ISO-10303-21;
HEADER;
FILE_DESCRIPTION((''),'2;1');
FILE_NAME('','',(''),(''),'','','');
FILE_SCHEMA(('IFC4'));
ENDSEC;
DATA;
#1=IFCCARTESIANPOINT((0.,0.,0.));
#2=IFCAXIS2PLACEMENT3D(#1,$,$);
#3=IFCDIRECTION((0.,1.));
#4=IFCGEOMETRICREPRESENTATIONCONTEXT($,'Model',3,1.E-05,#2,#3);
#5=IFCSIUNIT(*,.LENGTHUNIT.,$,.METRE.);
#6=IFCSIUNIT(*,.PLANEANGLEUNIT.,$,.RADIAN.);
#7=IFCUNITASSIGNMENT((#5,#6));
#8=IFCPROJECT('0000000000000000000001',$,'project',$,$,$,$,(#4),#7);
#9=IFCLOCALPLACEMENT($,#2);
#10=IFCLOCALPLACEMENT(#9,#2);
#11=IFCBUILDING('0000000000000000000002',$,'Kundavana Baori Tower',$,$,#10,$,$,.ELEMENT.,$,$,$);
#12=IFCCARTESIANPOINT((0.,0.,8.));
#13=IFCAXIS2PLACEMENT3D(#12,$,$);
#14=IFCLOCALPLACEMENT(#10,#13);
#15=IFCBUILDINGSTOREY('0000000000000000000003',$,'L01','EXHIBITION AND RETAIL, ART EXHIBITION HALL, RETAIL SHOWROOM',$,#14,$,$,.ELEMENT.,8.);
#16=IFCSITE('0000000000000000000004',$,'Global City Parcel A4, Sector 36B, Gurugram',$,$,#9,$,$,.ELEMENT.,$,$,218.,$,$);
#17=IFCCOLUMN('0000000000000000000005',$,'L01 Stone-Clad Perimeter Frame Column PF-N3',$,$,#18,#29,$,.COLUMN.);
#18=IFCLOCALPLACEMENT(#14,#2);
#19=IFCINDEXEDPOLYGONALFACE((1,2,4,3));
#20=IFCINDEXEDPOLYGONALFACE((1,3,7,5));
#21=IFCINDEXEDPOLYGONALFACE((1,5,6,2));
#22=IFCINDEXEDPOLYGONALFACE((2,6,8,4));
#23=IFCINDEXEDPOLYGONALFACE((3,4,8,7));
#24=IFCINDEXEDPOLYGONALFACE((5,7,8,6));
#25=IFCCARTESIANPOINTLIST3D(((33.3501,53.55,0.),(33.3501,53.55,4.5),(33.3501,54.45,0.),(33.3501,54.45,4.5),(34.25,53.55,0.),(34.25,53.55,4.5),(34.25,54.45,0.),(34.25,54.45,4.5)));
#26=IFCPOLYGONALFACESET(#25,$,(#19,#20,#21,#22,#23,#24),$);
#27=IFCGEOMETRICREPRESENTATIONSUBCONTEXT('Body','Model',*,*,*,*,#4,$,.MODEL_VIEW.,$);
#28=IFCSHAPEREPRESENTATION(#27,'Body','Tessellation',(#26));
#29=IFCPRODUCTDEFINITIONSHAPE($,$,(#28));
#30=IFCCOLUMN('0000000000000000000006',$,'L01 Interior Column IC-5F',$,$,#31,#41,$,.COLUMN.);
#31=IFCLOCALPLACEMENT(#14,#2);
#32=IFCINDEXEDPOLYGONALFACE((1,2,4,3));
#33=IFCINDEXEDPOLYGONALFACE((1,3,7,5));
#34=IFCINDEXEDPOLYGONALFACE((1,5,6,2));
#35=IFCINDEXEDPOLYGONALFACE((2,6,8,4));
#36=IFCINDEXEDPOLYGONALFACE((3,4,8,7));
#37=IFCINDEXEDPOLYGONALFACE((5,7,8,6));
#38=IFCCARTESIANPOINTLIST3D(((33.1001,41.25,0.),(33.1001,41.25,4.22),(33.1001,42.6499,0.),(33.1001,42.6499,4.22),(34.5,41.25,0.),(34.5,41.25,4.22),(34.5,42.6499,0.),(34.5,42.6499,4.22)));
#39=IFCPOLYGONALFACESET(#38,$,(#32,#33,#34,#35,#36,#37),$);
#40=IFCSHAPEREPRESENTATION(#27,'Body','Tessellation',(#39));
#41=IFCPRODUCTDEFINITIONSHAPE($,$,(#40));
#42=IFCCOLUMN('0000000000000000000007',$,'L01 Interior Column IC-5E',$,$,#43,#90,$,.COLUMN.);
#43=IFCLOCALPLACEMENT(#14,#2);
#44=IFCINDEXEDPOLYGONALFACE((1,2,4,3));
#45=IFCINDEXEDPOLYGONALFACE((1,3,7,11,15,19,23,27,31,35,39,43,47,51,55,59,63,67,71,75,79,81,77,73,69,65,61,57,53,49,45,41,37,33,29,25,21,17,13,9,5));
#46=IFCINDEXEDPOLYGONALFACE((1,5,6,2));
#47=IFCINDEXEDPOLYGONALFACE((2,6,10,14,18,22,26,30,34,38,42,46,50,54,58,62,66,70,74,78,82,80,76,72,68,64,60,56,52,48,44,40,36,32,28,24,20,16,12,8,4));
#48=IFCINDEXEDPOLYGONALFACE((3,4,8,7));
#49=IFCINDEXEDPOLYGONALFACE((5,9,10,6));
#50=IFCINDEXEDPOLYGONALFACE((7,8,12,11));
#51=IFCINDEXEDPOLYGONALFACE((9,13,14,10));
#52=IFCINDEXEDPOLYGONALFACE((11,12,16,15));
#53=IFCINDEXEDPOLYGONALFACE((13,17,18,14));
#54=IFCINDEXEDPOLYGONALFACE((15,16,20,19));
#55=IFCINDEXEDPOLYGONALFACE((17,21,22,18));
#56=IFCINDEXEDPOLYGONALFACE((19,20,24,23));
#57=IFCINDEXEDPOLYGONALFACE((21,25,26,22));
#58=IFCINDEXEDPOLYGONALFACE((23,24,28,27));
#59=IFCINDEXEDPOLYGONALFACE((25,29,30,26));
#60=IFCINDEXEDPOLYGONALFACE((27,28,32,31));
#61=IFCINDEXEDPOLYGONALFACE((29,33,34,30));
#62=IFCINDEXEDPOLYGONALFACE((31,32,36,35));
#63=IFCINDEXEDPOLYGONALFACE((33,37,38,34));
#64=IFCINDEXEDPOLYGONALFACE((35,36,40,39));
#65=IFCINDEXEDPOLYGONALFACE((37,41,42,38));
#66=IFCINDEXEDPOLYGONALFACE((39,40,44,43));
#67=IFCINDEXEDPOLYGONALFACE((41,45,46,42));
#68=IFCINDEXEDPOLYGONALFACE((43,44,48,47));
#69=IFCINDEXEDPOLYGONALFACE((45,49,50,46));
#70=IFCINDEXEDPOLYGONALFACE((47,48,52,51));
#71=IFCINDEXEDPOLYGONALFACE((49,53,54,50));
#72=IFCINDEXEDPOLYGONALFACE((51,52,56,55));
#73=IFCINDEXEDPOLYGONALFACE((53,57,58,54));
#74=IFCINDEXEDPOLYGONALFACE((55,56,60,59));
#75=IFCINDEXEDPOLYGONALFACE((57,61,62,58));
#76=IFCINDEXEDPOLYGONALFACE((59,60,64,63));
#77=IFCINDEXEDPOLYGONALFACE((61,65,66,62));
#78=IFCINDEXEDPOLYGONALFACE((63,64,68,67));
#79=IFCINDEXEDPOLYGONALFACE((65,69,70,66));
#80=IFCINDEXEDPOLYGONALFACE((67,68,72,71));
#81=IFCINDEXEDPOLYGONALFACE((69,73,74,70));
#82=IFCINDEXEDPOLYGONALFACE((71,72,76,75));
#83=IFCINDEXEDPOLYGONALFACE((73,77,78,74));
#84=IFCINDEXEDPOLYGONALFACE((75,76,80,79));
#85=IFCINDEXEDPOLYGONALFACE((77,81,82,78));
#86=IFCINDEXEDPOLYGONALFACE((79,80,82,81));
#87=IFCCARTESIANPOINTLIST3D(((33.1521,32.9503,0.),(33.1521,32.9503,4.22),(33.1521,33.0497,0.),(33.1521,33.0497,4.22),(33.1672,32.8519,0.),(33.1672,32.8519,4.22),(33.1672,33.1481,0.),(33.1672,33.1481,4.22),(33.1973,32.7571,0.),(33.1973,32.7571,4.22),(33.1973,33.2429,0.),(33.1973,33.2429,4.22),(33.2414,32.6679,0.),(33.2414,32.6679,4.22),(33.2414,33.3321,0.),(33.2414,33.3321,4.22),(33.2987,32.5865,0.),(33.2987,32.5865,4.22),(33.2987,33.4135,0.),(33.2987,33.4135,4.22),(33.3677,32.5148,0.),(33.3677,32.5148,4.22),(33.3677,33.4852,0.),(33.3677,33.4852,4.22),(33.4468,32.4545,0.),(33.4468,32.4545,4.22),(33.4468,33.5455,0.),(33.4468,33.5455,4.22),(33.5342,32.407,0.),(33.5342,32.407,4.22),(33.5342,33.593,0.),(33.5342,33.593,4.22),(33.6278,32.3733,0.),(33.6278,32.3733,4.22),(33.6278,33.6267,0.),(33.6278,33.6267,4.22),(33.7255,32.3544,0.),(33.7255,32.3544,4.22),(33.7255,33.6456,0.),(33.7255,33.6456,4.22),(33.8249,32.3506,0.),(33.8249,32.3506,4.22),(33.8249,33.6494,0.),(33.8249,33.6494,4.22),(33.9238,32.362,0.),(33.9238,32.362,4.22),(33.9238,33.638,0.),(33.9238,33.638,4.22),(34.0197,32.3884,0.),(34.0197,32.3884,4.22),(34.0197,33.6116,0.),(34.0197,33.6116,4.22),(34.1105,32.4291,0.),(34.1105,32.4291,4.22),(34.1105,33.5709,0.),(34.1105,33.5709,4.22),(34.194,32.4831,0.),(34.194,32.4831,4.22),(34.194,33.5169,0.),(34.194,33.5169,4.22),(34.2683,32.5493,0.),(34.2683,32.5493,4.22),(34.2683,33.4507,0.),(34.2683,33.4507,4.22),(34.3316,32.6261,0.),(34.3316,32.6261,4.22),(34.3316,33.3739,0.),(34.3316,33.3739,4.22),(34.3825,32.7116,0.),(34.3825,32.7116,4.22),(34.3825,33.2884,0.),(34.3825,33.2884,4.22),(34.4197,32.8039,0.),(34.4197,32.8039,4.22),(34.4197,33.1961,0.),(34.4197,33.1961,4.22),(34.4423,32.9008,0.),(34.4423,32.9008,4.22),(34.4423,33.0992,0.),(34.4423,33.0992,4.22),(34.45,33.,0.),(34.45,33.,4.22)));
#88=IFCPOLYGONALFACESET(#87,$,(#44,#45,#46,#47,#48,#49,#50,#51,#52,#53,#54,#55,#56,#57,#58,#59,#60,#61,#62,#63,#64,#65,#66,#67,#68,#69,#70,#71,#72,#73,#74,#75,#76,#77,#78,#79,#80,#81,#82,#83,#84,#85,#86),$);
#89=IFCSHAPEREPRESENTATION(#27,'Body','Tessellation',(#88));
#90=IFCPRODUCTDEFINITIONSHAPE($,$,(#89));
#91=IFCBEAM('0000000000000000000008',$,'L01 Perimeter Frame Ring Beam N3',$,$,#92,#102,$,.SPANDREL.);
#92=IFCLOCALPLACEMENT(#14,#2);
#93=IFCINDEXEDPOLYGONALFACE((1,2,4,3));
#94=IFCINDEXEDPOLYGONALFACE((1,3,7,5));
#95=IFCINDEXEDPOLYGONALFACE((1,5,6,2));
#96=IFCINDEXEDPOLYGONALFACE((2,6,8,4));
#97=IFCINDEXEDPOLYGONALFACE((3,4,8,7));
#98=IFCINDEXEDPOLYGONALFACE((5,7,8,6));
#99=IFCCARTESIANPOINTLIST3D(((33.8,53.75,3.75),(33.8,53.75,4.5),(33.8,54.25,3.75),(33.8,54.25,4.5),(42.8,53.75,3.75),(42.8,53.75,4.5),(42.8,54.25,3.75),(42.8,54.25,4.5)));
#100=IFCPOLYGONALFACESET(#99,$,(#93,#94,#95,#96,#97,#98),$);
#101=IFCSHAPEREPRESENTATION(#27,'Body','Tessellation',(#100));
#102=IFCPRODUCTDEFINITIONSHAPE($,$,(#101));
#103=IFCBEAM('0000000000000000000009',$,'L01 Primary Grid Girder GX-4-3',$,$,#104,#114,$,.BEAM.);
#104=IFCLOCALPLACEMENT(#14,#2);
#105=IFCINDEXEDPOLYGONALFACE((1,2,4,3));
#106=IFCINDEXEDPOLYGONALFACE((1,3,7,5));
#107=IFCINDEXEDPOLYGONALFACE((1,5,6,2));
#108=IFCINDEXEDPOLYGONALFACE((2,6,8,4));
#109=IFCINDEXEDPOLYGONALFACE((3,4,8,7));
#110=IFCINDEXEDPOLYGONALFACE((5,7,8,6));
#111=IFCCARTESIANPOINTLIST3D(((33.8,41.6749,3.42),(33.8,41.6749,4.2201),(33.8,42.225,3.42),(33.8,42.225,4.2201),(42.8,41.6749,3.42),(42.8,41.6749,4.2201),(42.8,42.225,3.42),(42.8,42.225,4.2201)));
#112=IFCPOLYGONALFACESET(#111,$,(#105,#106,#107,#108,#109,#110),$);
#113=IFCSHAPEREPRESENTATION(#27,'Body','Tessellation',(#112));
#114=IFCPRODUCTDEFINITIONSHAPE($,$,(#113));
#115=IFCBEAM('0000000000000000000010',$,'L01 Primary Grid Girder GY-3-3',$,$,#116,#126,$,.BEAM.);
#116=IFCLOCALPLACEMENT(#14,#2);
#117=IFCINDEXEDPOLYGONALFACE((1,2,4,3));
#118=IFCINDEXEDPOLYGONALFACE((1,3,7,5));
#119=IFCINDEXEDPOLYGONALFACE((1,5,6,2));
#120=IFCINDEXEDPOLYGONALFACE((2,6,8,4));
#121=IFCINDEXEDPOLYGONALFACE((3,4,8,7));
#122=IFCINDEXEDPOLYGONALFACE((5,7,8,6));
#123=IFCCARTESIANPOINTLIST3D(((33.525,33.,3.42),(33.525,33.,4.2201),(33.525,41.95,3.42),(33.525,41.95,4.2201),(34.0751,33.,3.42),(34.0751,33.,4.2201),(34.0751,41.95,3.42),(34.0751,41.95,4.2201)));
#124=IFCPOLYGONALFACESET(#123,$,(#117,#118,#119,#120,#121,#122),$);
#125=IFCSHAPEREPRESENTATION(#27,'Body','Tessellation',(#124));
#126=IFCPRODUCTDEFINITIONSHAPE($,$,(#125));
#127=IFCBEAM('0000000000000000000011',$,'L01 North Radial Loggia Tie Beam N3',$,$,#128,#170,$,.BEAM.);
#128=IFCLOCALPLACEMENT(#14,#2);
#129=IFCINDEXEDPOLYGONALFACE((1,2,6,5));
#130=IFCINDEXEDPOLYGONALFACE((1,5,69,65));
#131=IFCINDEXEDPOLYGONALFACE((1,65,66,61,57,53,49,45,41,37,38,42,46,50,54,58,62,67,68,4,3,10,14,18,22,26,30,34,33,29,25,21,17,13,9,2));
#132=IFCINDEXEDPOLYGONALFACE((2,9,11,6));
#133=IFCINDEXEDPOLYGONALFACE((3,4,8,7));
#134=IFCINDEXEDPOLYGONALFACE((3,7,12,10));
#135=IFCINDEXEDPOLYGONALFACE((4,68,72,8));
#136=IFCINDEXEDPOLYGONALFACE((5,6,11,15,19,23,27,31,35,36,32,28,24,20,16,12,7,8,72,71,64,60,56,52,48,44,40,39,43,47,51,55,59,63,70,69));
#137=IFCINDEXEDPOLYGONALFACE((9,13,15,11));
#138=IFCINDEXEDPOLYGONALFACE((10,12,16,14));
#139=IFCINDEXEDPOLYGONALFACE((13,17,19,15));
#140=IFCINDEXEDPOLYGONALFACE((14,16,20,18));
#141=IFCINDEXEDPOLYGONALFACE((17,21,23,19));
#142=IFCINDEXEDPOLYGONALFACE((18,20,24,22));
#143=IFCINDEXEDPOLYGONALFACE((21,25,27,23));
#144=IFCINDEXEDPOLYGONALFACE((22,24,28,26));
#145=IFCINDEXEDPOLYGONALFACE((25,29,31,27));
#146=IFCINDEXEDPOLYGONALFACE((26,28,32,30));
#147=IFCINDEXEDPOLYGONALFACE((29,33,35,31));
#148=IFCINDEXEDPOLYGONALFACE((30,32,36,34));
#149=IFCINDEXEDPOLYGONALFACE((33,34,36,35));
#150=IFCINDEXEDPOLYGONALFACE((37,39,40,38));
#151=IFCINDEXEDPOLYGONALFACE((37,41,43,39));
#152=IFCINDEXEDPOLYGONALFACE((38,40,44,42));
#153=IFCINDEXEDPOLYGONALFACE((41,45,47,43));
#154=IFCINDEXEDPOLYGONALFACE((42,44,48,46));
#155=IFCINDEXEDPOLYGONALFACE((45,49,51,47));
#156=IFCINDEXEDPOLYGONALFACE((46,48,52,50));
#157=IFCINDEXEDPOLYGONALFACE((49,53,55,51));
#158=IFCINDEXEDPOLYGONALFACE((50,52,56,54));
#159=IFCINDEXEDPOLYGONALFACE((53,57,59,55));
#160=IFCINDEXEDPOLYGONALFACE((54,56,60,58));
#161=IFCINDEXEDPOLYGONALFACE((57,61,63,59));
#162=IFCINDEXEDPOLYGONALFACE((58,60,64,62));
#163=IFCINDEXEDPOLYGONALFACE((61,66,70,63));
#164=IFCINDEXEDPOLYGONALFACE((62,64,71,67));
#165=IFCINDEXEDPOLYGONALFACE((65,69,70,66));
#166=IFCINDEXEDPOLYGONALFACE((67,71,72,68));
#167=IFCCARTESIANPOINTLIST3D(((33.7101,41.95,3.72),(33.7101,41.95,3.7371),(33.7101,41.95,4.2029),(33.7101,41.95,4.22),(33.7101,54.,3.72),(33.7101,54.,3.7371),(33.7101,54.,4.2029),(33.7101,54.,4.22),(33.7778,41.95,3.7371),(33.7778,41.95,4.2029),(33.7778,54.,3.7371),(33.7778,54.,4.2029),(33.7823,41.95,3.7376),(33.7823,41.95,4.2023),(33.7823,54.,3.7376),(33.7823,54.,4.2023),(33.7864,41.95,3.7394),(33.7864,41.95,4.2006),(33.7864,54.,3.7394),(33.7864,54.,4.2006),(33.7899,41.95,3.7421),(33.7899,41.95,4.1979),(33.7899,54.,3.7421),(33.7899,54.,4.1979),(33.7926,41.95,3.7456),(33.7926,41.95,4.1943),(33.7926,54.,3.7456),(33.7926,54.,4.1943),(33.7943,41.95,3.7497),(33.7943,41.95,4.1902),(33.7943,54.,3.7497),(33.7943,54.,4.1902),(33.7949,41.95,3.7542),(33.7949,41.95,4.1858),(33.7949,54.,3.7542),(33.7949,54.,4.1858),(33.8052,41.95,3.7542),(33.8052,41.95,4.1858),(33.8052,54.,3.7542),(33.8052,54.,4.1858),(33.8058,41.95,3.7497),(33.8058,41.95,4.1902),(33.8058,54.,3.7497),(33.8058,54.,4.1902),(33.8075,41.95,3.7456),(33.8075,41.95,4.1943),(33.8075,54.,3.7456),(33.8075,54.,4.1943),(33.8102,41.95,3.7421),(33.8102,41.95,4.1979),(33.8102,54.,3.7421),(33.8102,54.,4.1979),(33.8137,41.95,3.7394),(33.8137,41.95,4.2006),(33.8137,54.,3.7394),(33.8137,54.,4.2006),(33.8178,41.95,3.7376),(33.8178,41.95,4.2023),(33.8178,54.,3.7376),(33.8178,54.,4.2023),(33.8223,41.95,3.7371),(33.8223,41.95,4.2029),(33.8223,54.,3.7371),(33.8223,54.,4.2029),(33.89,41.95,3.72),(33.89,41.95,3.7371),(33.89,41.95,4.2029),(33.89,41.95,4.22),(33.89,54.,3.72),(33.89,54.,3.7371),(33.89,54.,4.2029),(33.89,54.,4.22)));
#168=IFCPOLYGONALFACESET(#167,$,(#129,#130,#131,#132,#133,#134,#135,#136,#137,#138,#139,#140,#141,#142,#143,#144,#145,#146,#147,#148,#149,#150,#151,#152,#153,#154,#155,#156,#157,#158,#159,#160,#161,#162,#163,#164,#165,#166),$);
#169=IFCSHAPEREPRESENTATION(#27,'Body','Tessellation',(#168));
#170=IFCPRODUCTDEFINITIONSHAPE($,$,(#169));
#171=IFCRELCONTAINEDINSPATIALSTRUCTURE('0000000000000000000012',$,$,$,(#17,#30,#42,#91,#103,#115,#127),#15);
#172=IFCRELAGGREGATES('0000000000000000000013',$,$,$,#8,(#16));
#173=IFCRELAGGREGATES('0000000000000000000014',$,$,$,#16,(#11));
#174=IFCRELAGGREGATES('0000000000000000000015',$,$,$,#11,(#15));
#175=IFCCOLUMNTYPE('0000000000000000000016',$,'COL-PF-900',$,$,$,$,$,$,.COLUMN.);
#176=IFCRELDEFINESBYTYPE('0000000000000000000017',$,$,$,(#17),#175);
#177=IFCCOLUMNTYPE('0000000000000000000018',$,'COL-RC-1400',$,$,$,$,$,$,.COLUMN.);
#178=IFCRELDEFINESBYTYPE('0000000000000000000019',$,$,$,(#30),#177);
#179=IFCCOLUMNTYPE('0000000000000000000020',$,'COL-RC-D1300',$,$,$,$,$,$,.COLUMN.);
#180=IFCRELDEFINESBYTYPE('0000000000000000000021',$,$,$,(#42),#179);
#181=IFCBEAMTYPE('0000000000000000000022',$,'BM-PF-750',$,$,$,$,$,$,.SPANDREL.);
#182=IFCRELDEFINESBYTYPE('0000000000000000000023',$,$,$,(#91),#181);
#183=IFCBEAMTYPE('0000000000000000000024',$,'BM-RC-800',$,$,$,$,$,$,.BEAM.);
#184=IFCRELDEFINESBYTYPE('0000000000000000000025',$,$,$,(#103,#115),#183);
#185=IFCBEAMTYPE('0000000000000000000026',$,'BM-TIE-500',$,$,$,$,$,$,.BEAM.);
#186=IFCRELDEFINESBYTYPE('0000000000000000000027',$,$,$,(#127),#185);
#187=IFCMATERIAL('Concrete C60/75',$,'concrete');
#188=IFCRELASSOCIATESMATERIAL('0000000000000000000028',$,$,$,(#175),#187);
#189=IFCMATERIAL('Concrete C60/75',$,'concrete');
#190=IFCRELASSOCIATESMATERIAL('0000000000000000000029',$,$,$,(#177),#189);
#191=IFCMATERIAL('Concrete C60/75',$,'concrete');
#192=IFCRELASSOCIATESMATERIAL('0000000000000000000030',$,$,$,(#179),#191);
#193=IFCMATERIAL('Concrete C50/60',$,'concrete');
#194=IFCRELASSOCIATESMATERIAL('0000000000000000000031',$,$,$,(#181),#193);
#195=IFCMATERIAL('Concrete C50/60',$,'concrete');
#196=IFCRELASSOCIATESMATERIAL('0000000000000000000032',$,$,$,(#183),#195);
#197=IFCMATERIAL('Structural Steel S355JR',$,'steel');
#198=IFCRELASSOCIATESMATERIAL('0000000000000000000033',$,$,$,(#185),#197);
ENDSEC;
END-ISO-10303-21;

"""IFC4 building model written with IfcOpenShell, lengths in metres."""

from ifc_helpers import new_model, si_unit, direction, frame, origin, origin_2d, place, context, subcontext, project, spatial, rectangle, circle, i_section, extrude, material, material_profile, profile_set, type_object, element, save


model = new_model("IFC4")

# Units and contexts
model_context = context("Model", 3, precision=1e-05, world=origin(), true_north=direction((0.0, 1.0)))
body_context = subcontext(model_context, "Body", "Model", "MODEL_VIEW")
ifc_project = project(units=[si_unit("LENGTHUNIT", "METRE"), si_unit("PLANEANGLEUNIT", "RADIAN")], contexts=[model_context])

# Site, building, storey
site_placement = place(None, origin())
site = spatial("IfcSite", under=ifc_project, at=site_placement, Name="Global City Parcel A4, Sector 36B, Gurugram", CompositionType="ELEMENT", RefElevation=218.0)
building_placement = place(site_placement, origin())
building = spatial("IfcBuilding", under=site, at=building_placement, Name="Kundavana Baori Tower", CompositionType="ELEMENT")
storey_placement = place(building_placement, frame((0.0, 0.0, 8.0)))
storey = spatial("IfcBuildingStorey", under=building, at=storey_placement, Name="L01", Description="EXHIBITION AND RETAIL, ART EXHIBITION HALL, RETAIL SHOWROOM", CompositionType="ELEMENT", Elevation=8.0)

# Columns
ifc_material_1 = material(Name="Concrete C60/75", Category="concrete")
ifc_material_profile_1 = material_profile(ifc_material_1, rectangle(XDim=0.8999, YDim=0.8999, at=origin_2d()), Name="RC PF 900x900")
ifc_profile_set_1 = profile_set([ifc_material_profile_1], Name="Concrete C60/75")
column_type_1 = type_object("IfcColumnType", Name="COL-PF-900", PredefinedType="COLUMN", material=ifc_profile_set_1)
column_1_placement = place(storey_placement, frame((33.8, 54.0, 0.0), z_axis=(0.0, 0.0, 1.0), x_axis=(1.0, 0.0, 0.0)))
element("IfcColumn", 1, at=column_1_placement, inside=storey, type_object=column_type_1, Name="L01 Stone-Clad Perimeter Frame Column PF-N3", PredefinedType="COLUMN", context=body_context, shape_type="SweptSolid", body=[
    extrude(rectangle(XDim=0.8999, YDim=0.8999, at=origin_2d()), origin(), (0.0, 0.0, 1.0), 4.5),
])
ifc_material_2 = material(Name="Concrete C60/75", Category="concrete")
ifc_material_profile_2 = material_profile(ifc_material_2, rectangle(XDim=1.3999, YDim=1.3999, at=origin_2d()), Name="RC 1400x1400")
ifc_profile_set_2 = profile_set([ifc_material_profile_2], Name="Concrete C60/75")
column_type_2 = type_object("IfcColumnType", Name="COL-RC-1400", PredefinedType="COLUMN", material=ifc_profile_set_2)
column_2_placement = place(storey_placement, frame((33.8, 41.95, 0.0), z_axis=(0.0, 0.0, 1.0), x_axis=(1.0, 0.0, 0.0)))
element("IfcColumn", 2, at=column_2_placement, inside=storey, type_object=column_type_2, Name="L01 Interior Column IC-5F", PredefinedType="COLUMN", context=body_context, shape_type="SweptSolid", body=[
    extrude(rectangle(XDim=1.3999, YDim=1.3999, at=origin_2d()), origin(), (0.0, 0.0, 1.0), 4.22),
])
ifc_material_3 = material(Name="Concrete C60/75", Category="concrete")
ifc_material_profile_3 = material_profile(ifc_material_3, circle(Radius=0.6499, at=origin_2d()), Name="RC D1300")
ifc_profile_set_3 = profile_set([ifc_material_profile_3], Name="Concrete C60/75")
column_type_3 = type_object("IfcColumnType", Name="COL-RC-D1300", PredefinedType="COLUMN", material=ifc_profile_set_3)
column_3_placement = place(storey_placement, frame((33.8, 33.0, 0.0), z_axis=(0.0, 0.0, 1.0), x_axis=(1.0, 0.0, 0.0)))
element("IfcColumn", 3, at=column_3_placement, inside=storey, type_object=column_type_3, Name="L01 Interior Column IC-5E", PredefinedType="COLUMN", context=body_context, shape_type="SweptSolid", body=[
    extrude(circle(Radius=0.6499, at=origin_2d()), origin(), (0.0, 0.0, 1.0), 4.22),
])

# Beams
ifc_material_4 = material(Name="Concrete C50/60", Category="concrete")
ifc_material_profile_4 = material_profile(ifc_material_4, rectangle(XDim=0.5, YDim=0.75, at=origin_2d()), Name="RC BM 500x750")
ifc_profile_set_4 = profile_set([ifc_material_profile_4], Name="Concrete C50/60")
beam_type_1 = type_object("IfcBeamType", Name="BM-PF-750", PredefinedType="SPANDREL", material=ifc_profile_set_4)
beam_1_placement = place(storey_placement, frame((33.8, 54.0, 4.125), z_axis=(1.0, 0.0, 0.0), x_axis=(0.0, 1.0, 0.0)))
element("IfcBeam", 4, at=beam_1_placement, inside=storey, type_object=beam_type_1, Name="L01 Perimeter Frame Ring Beam N3", PredefinedType="SPANDREL", context=body_context, shape_type="SweptSolid", body=[
    extrude(rectangle(XDim=0.5, YDim=0.75, at=origin_2d()), origin(), (0.0, 0.0, 1.0), 9.0),
])
ifc_material_5 = material(Name="Concrete C50/60", Category="concrete")
ifc_material_profile_5 = material_profile(ifc_material_5, rectangle(XDim=0.55, YDim=0.8, at=origin_2d()), Name="RC BM 550x800")
ifc_profile_set_5 = profile_set([ifc_material_profile_5], Name="Concrete C50/60")
beam_type_2 = type_object("IfcBeamType", Name="BM-RC-800", PredefinedType="BEAM", material=ifc_profile_set_5)
beam_2_placement = place(storey_placement, frame((33.8, 41.95, 3.8201), z_axis=(1.0, 0.0, 0.0), x_axis=(0.0, 1.0, 0.0)))
element("IfcBeam", 5, at=beam_2_placement, inside=storey, type_object=beam_type_2, Name="L01 Primary Grid Girder GX-4-3", PredefinedType="BEAM", context=body_context, shape_type="SweptSolid", body=[
    extrude(rectangle(XDim=0.55, YDim=0.8, at=origin_2d()), origin(), (0.0, 0.0, 1.0), 9.0),
])
beam_3_placement = place(storey_placement, frame((33.8, 33.0, 3.8201), z_axis=(0.0, 1.0, 0.0), x_axis=(-1.0, 0.0, 0.0)))
element("IfcBeam", 6, at=beam_3_placement, inside=storey, type_object=beam_type_2, Name="L01 Primary Grid Girder GY-3-3", PredefinedType="BEAM", context=body_context, shape_type="SweptSolid", body=[
    extrude(rectangle(XDim=0.55, YDim=0.8, at=origin_2d()), origin(), (0.0, 0.0, 1.0), 8.95),
])
ifc_material_6 = material(Name="Structural Steel S355JR", Category="steel")
ifc_material_profile_6 = material_profile(ifc_material_6, i_section(OverallWidth=0.1799, OverallDepth=0.5, WebThickness=0.0103, FlangeThickness=0.0171, FilletRadius=0.0171, at=origin_2d()), Name="ISMB 500")
ifc_profile_set_6 = profile_set([ifc_material_profile_6], Name="Structural Steel S355JR")
beam_type_3 = type_object("IfcBeamType", Name="BM-TIE-500", PredefinedType="BEAM", material=ifc_profile_set_6)
beam_4_placement = place(storey_placement, frame((33.8, 41.95, 3.97), z_axis=(0.0, 1.0, 0.0), x_axis=(-1.0, 0.0, 0.0)))
element("IfcBeam", 7, at=beam_4_placement, inside=storey, type_object=beam_type_3, Name="L01 North Radial Loggia Tie Beam N3", PredefinedType="BEAM", context=body_context, shape_type="SweptSolid", body=[
    extrude(i_section(OverallWidth=0.1799, OverallDepth=0.5, WebThickness=0.0103, FlangeThickness=0.0171, FilletRadius=0.0171, at=origin_2d()), origin(), (0.0, 0.0, 1.0), 12.05),
])

save(model, "model.ifc")
